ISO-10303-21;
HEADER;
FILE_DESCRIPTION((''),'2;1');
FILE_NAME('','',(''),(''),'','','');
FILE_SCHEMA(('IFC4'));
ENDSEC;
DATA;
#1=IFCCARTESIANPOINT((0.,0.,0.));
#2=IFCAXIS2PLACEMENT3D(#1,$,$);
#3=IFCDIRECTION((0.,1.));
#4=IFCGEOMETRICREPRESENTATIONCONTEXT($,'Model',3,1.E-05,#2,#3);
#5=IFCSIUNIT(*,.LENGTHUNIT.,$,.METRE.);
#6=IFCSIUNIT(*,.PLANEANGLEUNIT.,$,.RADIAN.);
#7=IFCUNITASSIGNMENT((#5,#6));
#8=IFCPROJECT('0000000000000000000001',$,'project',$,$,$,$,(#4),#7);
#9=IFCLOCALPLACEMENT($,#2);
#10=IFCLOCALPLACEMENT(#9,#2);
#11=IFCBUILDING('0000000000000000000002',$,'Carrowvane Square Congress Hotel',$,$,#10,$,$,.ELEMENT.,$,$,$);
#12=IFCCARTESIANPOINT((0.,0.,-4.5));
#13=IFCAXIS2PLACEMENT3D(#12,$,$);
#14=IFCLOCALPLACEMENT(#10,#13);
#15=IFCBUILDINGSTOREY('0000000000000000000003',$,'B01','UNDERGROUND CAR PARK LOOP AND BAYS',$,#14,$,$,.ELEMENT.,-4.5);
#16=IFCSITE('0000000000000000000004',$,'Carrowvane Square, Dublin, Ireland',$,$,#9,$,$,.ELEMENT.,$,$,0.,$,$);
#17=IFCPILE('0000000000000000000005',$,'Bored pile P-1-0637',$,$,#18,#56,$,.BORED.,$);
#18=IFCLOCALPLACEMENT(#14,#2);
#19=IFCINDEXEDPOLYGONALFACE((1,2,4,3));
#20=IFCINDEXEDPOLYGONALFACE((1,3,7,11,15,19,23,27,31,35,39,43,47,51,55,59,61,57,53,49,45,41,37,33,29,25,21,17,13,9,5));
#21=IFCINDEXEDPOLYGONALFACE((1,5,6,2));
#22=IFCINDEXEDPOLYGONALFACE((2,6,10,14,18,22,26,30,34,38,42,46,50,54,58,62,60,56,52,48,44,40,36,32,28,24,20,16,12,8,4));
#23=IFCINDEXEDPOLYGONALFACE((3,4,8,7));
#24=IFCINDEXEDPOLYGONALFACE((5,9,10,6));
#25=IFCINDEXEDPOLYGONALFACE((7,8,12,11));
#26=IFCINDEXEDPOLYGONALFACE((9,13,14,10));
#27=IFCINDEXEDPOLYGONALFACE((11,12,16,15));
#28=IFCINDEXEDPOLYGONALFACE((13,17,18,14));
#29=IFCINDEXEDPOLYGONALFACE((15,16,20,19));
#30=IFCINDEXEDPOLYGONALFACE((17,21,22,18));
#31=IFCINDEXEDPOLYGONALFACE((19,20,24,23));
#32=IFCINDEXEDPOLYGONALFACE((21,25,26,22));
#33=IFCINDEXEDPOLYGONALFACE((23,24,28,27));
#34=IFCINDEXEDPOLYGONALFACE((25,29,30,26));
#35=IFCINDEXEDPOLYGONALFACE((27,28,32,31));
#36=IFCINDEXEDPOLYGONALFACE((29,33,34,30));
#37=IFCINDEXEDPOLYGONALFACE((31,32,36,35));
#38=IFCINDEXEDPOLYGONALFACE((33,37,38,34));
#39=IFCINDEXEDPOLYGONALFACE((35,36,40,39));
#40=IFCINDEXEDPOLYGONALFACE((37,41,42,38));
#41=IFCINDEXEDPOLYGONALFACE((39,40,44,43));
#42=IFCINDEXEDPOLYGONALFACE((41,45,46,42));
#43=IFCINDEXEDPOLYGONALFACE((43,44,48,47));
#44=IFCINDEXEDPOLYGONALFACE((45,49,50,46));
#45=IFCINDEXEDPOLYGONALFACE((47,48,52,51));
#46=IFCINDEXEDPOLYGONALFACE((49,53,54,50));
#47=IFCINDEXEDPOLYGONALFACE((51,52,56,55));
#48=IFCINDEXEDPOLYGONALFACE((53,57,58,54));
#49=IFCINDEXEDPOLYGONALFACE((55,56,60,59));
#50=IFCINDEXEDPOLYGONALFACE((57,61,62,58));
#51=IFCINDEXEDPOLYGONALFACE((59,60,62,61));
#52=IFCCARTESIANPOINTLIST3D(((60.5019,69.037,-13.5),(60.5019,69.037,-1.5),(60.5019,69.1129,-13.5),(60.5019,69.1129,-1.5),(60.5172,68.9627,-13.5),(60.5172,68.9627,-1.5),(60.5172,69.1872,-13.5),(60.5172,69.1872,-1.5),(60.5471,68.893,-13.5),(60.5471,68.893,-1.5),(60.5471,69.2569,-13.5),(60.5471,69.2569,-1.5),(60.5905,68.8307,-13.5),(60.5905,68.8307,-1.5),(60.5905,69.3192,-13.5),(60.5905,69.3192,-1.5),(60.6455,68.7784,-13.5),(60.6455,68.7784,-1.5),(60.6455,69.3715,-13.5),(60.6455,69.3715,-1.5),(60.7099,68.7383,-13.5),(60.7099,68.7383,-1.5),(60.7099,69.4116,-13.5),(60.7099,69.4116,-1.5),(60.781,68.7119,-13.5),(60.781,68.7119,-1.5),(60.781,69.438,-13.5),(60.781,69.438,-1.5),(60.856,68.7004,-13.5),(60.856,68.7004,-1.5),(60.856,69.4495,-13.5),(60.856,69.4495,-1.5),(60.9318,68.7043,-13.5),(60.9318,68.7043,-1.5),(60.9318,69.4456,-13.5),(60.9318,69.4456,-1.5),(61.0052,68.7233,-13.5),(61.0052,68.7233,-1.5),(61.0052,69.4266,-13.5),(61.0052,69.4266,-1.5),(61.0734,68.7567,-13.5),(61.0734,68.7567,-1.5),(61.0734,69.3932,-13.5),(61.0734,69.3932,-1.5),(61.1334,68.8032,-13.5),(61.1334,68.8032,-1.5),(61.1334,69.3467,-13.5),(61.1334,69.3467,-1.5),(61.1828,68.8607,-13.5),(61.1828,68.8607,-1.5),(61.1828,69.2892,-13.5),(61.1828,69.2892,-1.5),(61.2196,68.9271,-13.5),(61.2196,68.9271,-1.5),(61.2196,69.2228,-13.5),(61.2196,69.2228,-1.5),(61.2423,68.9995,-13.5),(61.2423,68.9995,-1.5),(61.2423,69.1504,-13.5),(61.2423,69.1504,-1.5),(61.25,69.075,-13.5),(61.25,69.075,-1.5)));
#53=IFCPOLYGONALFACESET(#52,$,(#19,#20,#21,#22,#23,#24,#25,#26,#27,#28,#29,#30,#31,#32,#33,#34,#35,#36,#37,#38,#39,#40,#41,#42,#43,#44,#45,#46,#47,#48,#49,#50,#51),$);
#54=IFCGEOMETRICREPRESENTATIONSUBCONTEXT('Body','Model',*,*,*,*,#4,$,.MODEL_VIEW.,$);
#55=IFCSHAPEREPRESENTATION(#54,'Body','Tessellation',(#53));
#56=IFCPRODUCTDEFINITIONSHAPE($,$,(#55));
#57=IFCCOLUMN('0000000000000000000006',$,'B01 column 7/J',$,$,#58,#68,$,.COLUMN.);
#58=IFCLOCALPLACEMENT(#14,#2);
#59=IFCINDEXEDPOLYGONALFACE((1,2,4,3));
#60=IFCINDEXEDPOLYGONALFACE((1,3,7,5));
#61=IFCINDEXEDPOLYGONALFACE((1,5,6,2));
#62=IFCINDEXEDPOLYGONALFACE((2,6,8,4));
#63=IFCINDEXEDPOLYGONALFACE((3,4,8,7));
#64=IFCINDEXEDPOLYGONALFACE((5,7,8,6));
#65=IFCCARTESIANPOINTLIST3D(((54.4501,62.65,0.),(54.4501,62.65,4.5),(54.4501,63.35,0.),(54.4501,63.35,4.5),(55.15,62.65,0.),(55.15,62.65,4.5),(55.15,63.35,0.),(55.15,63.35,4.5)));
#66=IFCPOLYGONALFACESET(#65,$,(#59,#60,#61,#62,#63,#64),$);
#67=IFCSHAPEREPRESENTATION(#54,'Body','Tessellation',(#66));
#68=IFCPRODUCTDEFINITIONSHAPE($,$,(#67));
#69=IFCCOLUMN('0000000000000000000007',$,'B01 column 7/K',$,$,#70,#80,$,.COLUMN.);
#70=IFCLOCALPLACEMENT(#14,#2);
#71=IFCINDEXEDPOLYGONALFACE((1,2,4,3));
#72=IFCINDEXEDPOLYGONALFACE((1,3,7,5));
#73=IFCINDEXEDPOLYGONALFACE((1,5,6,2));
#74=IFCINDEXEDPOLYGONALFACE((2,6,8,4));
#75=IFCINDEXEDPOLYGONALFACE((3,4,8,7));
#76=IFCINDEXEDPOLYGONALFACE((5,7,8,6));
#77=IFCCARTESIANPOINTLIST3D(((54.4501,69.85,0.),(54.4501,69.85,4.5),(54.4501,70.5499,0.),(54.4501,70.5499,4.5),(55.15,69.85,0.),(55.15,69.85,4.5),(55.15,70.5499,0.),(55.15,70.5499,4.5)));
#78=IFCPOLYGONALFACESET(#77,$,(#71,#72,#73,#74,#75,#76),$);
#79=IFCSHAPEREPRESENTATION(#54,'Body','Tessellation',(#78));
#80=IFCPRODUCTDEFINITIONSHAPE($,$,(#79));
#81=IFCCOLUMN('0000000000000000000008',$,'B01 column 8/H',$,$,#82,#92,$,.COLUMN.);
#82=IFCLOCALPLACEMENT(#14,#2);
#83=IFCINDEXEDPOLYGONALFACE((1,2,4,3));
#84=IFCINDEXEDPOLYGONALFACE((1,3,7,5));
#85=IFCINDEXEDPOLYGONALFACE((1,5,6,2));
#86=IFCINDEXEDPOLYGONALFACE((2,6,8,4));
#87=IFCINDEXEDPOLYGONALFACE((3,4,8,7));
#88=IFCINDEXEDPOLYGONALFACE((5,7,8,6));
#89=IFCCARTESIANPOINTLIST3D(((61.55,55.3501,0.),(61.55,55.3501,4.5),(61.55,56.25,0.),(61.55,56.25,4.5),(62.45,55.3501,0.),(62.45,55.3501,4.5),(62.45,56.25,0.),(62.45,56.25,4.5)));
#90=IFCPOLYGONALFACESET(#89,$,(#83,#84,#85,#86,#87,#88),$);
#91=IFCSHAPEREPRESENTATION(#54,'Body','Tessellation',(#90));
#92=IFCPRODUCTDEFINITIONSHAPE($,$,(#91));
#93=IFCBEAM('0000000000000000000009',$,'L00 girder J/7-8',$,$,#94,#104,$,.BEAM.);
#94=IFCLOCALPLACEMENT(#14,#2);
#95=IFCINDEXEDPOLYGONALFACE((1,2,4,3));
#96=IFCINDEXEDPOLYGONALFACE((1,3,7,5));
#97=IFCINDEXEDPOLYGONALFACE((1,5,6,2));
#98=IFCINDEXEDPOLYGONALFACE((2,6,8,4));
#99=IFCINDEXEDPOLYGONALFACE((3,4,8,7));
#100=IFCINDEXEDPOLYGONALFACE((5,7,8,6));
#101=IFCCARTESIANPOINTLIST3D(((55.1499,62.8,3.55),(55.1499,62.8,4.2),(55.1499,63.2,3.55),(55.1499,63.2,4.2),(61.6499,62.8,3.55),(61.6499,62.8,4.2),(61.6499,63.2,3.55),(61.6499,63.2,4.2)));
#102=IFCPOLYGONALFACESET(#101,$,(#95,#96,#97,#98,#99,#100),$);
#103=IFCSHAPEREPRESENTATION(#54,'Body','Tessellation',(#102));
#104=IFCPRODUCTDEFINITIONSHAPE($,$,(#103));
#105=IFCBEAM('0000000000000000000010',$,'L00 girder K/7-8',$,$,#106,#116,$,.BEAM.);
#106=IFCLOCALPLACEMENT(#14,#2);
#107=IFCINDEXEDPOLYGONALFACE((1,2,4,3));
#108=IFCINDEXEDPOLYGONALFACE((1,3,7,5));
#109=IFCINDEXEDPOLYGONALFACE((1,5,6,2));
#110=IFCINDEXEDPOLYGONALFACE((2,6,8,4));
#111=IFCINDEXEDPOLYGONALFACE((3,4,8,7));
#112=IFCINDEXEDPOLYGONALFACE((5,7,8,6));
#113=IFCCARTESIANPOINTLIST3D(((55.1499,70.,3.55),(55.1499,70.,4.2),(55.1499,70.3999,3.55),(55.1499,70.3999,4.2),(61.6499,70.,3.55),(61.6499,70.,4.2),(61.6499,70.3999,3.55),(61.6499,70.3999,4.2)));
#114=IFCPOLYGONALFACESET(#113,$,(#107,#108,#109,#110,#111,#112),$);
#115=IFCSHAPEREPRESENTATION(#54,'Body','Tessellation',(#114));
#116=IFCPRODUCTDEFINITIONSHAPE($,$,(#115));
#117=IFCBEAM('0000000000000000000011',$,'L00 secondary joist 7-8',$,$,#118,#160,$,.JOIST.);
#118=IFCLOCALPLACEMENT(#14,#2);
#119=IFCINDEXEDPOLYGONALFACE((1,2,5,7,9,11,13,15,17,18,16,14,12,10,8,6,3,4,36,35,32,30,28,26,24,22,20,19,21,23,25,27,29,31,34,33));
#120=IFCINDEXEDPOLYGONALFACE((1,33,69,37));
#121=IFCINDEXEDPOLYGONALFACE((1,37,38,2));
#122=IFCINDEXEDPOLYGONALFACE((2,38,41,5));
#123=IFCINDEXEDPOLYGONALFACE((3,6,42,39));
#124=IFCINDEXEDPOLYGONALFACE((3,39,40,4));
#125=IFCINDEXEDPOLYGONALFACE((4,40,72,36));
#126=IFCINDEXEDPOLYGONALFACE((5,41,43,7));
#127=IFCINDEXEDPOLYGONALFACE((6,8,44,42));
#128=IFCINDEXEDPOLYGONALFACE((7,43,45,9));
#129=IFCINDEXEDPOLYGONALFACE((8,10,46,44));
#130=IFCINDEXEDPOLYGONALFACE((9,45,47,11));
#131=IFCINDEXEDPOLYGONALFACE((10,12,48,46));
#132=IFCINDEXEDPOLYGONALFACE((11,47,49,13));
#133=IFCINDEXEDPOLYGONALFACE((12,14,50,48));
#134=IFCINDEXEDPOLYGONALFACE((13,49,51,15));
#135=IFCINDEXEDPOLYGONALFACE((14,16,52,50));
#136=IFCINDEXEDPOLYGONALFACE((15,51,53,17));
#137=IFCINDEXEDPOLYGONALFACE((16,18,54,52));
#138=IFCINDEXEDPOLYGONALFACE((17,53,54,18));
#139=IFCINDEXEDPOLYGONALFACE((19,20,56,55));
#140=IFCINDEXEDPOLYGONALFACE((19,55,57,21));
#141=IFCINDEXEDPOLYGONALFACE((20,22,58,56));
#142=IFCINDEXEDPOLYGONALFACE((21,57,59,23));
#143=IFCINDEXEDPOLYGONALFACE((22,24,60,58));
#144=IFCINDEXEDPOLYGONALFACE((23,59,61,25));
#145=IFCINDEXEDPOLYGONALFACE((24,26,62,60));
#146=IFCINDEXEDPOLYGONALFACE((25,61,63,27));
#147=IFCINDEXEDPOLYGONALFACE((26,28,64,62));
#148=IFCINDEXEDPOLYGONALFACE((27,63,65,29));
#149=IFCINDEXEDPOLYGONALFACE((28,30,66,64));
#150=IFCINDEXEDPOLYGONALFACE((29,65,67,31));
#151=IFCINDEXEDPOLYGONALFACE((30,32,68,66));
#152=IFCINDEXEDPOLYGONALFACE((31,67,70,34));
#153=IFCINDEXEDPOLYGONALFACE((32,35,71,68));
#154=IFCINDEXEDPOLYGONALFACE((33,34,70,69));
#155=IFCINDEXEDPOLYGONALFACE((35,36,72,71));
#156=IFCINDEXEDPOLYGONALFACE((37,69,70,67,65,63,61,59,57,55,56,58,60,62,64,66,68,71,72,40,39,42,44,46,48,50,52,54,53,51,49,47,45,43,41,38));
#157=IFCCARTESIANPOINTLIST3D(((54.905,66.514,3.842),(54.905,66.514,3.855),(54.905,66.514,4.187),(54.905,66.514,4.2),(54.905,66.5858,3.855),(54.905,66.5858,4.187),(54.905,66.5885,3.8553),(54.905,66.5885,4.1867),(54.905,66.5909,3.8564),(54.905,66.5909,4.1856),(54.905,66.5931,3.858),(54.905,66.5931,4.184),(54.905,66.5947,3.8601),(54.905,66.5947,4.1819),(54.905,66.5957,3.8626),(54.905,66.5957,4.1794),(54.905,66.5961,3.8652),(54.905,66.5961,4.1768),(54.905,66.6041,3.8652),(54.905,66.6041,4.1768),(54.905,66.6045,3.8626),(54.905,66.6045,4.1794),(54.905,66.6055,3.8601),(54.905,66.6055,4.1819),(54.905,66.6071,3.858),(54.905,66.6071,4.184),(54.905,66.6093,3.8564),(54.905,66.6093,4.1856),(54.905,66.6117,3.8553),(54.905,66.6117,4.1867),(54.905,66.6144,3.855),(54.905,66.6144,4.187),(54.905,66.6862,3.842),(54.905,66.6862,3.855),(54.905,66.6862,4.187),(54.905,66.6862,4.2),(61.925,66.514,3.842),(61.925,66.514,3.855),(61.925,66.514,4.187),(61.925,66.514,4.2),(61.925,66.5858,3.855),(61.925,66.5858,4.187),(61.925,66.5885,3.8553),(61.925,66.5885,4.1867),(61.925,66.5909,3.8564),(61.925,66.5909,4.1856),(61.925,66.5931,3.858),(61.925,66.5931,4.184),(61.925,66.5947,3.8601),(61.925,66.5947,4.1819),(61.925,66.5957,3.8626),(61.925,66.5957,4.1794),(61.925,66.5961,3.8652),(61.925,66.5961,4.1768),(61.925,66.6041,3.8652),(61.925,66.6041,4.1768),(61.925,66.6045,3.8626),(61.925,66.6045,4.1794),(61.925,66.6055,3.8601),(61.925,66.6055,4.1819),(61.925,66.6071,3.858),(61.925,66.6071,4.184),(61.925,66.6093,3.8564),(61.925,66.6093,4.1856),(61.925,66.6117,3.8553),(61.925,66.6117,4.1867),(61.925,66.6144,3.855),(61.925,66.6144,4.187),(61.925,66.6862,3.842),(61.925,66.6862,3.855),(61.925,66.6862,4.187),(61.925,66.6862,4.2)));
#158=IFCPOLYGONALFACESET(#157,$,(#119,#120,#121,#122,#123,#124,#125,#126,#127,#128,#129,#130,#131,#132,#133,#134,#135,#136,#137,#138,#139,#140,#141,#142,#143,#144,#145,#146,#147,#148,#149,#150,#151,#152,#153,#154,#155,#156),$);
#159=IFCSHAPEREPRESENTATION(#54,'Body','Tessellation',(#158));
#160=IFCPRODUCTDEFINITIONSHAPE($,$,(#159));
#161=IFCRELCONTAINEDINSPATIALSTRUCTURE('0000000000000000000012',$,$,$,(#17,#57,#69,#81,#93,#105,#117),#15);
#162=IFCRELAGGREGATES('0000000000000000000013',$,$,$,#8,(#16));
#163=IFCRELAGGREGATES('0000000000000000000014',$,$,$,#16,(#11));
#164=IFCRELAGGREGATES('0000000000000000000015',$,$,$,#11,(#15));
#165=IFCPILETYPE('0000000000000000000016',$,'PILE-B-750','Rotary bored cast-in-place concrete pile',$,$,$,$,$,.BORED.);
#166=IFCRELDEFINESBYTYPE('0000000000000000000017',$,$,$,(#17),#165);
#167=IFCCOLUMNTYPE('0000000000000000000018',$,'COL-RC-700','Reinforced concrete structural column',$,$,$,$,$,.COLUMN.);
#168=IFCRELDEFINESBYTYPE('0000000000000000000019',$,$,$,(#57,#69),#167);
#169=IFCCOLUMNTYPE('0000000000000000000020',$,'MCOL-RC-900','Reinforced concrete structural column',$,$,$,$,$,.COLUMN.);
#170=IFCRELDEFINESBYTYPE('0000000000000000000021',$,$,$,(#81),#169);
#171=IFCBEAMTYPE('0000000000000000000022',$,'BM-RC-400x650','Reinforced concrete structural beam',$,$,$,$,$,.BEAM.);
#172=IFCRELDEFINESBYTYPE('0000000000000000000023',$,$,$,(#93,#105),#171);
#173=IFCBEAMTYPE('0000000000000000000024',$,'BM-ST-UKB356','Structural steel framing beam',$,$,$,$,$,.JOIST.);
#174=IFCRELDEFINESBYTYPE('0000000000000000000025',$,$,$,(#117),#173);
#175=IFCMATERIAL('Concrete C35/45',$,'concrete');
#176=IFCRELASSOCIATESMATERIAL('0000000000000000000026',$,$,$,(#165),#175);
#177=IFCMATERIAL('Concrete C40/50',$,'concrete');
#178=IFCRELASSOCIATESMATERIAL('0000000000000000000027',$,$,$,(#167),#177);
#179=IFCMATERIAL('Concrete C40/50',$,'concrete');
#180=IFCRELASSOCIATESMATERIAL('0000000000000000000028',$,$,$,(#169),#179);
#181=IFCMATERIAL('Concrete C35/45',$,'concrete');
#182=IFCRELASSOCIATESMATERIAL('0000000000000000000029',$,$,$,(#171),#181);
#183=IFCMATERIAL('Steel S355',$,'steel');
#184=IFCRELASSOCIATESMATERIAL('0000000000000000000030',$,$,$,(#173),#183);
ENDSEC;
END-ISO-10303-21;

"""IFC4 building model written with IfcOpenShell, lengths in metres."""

from ifc_helpers import new_model, si_unit, direction, frame, origin, origin_2d, place, context, subcontext, project, spatial, rectangle, circle, i_section, extrude, material, material_profile, profile_set, type_object, element, save


model = new_model("IFC4")

# Units and contexts
model_context = context("Model", 3, precision=1e-05, world=origin(), true_north=direction((0.0, 1.0)))
body_context = subcontext(model_context, "Body", "Model", "MODEL_VIEW")
ifc_project = project(units=[si_unit("LENGTHUNIT", "METRE"), si_unit("PLANEANGLEUNIT", "RADIAN")], contexts=[model_context])

# Site, building, storey
site_placement = place(None, origin())
site = spatial("IfcSite", under=ifc_project, at=site_placement, Name="Carrowvane Square, Dublin, Ireland", CompositionType="ELEMENT", RefElevation=0.0)
building_placement = place(site_placement, origin())
building = spatial("IfcBuilding", under=site, at=building_placement, Name="Carrowvane Square Congress Hotel", CompositionType="ELEMENT")
storey_placement = place(building_placement, frame((0.0, 0.0, -4.5)))
storey = spatial("IfcBuildingStorey", under=building, at=storey_placement, Name="B01", Description="UNDERGROUND CAR PARK LOOP AND BAYS", CompositionType="ELEMENT", Elevation=-4.5)

# Pile
ifc_material_1 = material(Name="Concrete C35/45", Category="concrete")
ifc_material_profile_1 = material_profile(ifc_material_1, circle(Radius=0.375, at=origin_2d()), Name="PILE D750")
ifc_profile_set_1 = profile_set([ifc_material_profile_1], Name="Concrete C35/45")
pile_type_1 = type_object("IfcPileType", Name="PILE-B-750", Description="Rotary bored cast-in-place concrete pile", PredefinedType="BORED", material=ifc_profile_set_1)
for number, where, z_axis, x_axis, name in (
    (1, (60.875, 69.075, -1.5), (0.0, 0.0, -1.0), (1.0, 0.0, 0.0), "Bored pile P-1-0637"),
):
    element("IfcPile", number, at=place(storey_placement, frame(where, z_axis=z_axis, x_axis=x_axis)), inside=storey, type_object=pile_type_1, Name=name, PredefinedType="BORED", context=body_context, shape_type="SweptSolid", body=[
        extrude(circle(Radius=0.375, at=origin_2d()), origin(), (0.0, 0.0, 1.0), 12.0),
    ])

# Columns
ifc_material_2 = material(Name="Concrete C40/50", Category="concrete")
ifc_material_profile_2 = material_profile(ifc_material_2, rectangle(XDim=0.7, YDim=0.7, at=origin_2d()), Name="RC 700x700")
ifc_profile_set_2 = profile_set([ifc_material_profile_2], Name="Concrete C40/50")
column_type_1 = type_object("IfcColumnType", Name="COL-RC-700", Description="Reinforced concrete structural column", PredefinedType="COLUMN", material=ifc_profile_set_2)
for number, where, z_axis, x_axis, name in (
    (2, (54.8, 63.0, 0.0), (0.0, 0.0, 1.0), (1.0, 0.0, 0.0), "B01 column 7/J"),
    (3, (54.8, 70.2, 0.0), (0.0, 0.0, 1.0), (1.0, 0.0, 0.0), "B01 column 7/K"),
):
    element("IfcColumn", number, at=place(storey_placement, frame(where, z_axis=z_axis, x_axis=x_axis)), inside=storey, type_object=column_type_1, Name=name, PredefinedType="COLUMN", context=body_context, shape_type="SweptSolid", body=[
        extrude(rectangle(XDim=0.7, YDim=0.7, at=origin_2d()), origin(), (0.0, 0.0, 1.0), 4.5),
    ])
ifc_material_3 = material(Name="Concrete C40/50", Category="concrete")
ifc_material_profile_3 = material_profile(ifc_material_3, rectangle(XDim=0.8999, YDim=0.8999, at=origin_2d()), Name="RC 900x900")
ifc_profile_set_3 = profile_set([ifc_material_profile_3], Name="Concrete C40/50")
column_type_2 = type_object("IfcColumnType", Name="MCOL-RC-900", Description="Reinforced concrete structural column", PredefinedType="COLUMN", material=ifc_profile_set_3)
column_placement = place(storey_placement, frame((62.0, 55.8, 0.0), z_axis=(0.0, 0.0, 1.0), x_axis=(1.0, 0.0, 0.0)))
element("IfcColumn", 4, at=column_placement, inside=storey, type_object=column_type_2, Name="B01 column 8/H", PredefinedType="COLUMN", context=body_context, shape_type="SweptSolid", body=[
    extrude(rectangle(XDim=0.8999, YDim=0.8999, at=origin_2d()), origin(), (0.0, 0.0, 1.0), 4.5),
])

# Beams
ifc_material_4 = material(Name="Concrete C35/45", Category="concrete")
ifc_material_profile_4 = material_profile(ifc_material_4, rectangle(XDim=0.3999, YDim=0.6499, at=origin_2d()), Name="RC 400x650")
ifc_profile_set_4 = profile_set([ifc_material_profile_4], Name="Concrete C35/45")
beam_type_1 = type_object("IfcBeamType", Name="BM-RC-400x650", Description="Reinforced concrete structural beam", PredefinedType="BEAM", material=ifc_profile_set_4)
for number, where, z_axis, x_axis, name in (
    (5, (55.1499, 63.0, 3.875), (1.0, 0.0, 0.0), (0.0, 1.0, 0.0), "L00 girder J/7-8"),
    (6, (55.1499, 70.2, 3.875), (1.0, 0.0, 0.0), (0.0, 1.0, 0.0), "L00 girder K/7-8"),
):
    element("IfcBeam", number, at=place(storey_placement, frame(where, z_axis=z_axis, x_axis=x_axis)), inside=storey, type_object=beam_type_1, Name=name, PredefinedType="BEAM", context=body_context, shape_type="SweptSolid", body=[
        extrude(rectangle(XDim=0.3999, YDim=0.6499, at=origin_2d()), origin(), (0.0, 0.0, 1.0), 6.5),
    ])
ifc_material_5 = material(Name="Steel S355", Category="steel")
ifc_material_profile_5 = material_profile(ifc_material_5, i_section(OverallWidth=0.1721, OverallDepth=0.3579, WebThickness=0.0081, FlangeThickness=0.0129, FilletRadius=0.0103, at=origin_2d()), Name="UKB 356x171x57")
ifc_profile_set_5 = profile_set([ifc_material_profile_5], Name="Steel S355")
beam_type_2 = type_object("IfcBeamType", Name="BM-ST-UKB356", Description="Structural steel framing beam", PredefinedType="JOIST", material=ifc_profile_set_5)
beam_1_placement = place(storey_placement, frame((54.905, 66.6001, 4.021), z_axis=(1.0, 0.0, 0.0), x_axis=(0.0, 1.0, 0.0)))
element("IfcBeam", 7, at=beam_1_placement, inside=storey, type_object=beam_type_2, Name="L00 secondary joist 7-8", PredefinedType="JOIST", context=body_context, shape_type="SweptSolid", body=[
    extrude(i_section(OverallWidth=0.1721, OverallDepth=0.3579, WebThickness=0.0081, FlangeThickness=0.0129, FilletRadius=0.0103, at=origin_2d()), origin(), (0.0, 0.0, 1.0), 7.02),
])

save(model, "model.ifc")
